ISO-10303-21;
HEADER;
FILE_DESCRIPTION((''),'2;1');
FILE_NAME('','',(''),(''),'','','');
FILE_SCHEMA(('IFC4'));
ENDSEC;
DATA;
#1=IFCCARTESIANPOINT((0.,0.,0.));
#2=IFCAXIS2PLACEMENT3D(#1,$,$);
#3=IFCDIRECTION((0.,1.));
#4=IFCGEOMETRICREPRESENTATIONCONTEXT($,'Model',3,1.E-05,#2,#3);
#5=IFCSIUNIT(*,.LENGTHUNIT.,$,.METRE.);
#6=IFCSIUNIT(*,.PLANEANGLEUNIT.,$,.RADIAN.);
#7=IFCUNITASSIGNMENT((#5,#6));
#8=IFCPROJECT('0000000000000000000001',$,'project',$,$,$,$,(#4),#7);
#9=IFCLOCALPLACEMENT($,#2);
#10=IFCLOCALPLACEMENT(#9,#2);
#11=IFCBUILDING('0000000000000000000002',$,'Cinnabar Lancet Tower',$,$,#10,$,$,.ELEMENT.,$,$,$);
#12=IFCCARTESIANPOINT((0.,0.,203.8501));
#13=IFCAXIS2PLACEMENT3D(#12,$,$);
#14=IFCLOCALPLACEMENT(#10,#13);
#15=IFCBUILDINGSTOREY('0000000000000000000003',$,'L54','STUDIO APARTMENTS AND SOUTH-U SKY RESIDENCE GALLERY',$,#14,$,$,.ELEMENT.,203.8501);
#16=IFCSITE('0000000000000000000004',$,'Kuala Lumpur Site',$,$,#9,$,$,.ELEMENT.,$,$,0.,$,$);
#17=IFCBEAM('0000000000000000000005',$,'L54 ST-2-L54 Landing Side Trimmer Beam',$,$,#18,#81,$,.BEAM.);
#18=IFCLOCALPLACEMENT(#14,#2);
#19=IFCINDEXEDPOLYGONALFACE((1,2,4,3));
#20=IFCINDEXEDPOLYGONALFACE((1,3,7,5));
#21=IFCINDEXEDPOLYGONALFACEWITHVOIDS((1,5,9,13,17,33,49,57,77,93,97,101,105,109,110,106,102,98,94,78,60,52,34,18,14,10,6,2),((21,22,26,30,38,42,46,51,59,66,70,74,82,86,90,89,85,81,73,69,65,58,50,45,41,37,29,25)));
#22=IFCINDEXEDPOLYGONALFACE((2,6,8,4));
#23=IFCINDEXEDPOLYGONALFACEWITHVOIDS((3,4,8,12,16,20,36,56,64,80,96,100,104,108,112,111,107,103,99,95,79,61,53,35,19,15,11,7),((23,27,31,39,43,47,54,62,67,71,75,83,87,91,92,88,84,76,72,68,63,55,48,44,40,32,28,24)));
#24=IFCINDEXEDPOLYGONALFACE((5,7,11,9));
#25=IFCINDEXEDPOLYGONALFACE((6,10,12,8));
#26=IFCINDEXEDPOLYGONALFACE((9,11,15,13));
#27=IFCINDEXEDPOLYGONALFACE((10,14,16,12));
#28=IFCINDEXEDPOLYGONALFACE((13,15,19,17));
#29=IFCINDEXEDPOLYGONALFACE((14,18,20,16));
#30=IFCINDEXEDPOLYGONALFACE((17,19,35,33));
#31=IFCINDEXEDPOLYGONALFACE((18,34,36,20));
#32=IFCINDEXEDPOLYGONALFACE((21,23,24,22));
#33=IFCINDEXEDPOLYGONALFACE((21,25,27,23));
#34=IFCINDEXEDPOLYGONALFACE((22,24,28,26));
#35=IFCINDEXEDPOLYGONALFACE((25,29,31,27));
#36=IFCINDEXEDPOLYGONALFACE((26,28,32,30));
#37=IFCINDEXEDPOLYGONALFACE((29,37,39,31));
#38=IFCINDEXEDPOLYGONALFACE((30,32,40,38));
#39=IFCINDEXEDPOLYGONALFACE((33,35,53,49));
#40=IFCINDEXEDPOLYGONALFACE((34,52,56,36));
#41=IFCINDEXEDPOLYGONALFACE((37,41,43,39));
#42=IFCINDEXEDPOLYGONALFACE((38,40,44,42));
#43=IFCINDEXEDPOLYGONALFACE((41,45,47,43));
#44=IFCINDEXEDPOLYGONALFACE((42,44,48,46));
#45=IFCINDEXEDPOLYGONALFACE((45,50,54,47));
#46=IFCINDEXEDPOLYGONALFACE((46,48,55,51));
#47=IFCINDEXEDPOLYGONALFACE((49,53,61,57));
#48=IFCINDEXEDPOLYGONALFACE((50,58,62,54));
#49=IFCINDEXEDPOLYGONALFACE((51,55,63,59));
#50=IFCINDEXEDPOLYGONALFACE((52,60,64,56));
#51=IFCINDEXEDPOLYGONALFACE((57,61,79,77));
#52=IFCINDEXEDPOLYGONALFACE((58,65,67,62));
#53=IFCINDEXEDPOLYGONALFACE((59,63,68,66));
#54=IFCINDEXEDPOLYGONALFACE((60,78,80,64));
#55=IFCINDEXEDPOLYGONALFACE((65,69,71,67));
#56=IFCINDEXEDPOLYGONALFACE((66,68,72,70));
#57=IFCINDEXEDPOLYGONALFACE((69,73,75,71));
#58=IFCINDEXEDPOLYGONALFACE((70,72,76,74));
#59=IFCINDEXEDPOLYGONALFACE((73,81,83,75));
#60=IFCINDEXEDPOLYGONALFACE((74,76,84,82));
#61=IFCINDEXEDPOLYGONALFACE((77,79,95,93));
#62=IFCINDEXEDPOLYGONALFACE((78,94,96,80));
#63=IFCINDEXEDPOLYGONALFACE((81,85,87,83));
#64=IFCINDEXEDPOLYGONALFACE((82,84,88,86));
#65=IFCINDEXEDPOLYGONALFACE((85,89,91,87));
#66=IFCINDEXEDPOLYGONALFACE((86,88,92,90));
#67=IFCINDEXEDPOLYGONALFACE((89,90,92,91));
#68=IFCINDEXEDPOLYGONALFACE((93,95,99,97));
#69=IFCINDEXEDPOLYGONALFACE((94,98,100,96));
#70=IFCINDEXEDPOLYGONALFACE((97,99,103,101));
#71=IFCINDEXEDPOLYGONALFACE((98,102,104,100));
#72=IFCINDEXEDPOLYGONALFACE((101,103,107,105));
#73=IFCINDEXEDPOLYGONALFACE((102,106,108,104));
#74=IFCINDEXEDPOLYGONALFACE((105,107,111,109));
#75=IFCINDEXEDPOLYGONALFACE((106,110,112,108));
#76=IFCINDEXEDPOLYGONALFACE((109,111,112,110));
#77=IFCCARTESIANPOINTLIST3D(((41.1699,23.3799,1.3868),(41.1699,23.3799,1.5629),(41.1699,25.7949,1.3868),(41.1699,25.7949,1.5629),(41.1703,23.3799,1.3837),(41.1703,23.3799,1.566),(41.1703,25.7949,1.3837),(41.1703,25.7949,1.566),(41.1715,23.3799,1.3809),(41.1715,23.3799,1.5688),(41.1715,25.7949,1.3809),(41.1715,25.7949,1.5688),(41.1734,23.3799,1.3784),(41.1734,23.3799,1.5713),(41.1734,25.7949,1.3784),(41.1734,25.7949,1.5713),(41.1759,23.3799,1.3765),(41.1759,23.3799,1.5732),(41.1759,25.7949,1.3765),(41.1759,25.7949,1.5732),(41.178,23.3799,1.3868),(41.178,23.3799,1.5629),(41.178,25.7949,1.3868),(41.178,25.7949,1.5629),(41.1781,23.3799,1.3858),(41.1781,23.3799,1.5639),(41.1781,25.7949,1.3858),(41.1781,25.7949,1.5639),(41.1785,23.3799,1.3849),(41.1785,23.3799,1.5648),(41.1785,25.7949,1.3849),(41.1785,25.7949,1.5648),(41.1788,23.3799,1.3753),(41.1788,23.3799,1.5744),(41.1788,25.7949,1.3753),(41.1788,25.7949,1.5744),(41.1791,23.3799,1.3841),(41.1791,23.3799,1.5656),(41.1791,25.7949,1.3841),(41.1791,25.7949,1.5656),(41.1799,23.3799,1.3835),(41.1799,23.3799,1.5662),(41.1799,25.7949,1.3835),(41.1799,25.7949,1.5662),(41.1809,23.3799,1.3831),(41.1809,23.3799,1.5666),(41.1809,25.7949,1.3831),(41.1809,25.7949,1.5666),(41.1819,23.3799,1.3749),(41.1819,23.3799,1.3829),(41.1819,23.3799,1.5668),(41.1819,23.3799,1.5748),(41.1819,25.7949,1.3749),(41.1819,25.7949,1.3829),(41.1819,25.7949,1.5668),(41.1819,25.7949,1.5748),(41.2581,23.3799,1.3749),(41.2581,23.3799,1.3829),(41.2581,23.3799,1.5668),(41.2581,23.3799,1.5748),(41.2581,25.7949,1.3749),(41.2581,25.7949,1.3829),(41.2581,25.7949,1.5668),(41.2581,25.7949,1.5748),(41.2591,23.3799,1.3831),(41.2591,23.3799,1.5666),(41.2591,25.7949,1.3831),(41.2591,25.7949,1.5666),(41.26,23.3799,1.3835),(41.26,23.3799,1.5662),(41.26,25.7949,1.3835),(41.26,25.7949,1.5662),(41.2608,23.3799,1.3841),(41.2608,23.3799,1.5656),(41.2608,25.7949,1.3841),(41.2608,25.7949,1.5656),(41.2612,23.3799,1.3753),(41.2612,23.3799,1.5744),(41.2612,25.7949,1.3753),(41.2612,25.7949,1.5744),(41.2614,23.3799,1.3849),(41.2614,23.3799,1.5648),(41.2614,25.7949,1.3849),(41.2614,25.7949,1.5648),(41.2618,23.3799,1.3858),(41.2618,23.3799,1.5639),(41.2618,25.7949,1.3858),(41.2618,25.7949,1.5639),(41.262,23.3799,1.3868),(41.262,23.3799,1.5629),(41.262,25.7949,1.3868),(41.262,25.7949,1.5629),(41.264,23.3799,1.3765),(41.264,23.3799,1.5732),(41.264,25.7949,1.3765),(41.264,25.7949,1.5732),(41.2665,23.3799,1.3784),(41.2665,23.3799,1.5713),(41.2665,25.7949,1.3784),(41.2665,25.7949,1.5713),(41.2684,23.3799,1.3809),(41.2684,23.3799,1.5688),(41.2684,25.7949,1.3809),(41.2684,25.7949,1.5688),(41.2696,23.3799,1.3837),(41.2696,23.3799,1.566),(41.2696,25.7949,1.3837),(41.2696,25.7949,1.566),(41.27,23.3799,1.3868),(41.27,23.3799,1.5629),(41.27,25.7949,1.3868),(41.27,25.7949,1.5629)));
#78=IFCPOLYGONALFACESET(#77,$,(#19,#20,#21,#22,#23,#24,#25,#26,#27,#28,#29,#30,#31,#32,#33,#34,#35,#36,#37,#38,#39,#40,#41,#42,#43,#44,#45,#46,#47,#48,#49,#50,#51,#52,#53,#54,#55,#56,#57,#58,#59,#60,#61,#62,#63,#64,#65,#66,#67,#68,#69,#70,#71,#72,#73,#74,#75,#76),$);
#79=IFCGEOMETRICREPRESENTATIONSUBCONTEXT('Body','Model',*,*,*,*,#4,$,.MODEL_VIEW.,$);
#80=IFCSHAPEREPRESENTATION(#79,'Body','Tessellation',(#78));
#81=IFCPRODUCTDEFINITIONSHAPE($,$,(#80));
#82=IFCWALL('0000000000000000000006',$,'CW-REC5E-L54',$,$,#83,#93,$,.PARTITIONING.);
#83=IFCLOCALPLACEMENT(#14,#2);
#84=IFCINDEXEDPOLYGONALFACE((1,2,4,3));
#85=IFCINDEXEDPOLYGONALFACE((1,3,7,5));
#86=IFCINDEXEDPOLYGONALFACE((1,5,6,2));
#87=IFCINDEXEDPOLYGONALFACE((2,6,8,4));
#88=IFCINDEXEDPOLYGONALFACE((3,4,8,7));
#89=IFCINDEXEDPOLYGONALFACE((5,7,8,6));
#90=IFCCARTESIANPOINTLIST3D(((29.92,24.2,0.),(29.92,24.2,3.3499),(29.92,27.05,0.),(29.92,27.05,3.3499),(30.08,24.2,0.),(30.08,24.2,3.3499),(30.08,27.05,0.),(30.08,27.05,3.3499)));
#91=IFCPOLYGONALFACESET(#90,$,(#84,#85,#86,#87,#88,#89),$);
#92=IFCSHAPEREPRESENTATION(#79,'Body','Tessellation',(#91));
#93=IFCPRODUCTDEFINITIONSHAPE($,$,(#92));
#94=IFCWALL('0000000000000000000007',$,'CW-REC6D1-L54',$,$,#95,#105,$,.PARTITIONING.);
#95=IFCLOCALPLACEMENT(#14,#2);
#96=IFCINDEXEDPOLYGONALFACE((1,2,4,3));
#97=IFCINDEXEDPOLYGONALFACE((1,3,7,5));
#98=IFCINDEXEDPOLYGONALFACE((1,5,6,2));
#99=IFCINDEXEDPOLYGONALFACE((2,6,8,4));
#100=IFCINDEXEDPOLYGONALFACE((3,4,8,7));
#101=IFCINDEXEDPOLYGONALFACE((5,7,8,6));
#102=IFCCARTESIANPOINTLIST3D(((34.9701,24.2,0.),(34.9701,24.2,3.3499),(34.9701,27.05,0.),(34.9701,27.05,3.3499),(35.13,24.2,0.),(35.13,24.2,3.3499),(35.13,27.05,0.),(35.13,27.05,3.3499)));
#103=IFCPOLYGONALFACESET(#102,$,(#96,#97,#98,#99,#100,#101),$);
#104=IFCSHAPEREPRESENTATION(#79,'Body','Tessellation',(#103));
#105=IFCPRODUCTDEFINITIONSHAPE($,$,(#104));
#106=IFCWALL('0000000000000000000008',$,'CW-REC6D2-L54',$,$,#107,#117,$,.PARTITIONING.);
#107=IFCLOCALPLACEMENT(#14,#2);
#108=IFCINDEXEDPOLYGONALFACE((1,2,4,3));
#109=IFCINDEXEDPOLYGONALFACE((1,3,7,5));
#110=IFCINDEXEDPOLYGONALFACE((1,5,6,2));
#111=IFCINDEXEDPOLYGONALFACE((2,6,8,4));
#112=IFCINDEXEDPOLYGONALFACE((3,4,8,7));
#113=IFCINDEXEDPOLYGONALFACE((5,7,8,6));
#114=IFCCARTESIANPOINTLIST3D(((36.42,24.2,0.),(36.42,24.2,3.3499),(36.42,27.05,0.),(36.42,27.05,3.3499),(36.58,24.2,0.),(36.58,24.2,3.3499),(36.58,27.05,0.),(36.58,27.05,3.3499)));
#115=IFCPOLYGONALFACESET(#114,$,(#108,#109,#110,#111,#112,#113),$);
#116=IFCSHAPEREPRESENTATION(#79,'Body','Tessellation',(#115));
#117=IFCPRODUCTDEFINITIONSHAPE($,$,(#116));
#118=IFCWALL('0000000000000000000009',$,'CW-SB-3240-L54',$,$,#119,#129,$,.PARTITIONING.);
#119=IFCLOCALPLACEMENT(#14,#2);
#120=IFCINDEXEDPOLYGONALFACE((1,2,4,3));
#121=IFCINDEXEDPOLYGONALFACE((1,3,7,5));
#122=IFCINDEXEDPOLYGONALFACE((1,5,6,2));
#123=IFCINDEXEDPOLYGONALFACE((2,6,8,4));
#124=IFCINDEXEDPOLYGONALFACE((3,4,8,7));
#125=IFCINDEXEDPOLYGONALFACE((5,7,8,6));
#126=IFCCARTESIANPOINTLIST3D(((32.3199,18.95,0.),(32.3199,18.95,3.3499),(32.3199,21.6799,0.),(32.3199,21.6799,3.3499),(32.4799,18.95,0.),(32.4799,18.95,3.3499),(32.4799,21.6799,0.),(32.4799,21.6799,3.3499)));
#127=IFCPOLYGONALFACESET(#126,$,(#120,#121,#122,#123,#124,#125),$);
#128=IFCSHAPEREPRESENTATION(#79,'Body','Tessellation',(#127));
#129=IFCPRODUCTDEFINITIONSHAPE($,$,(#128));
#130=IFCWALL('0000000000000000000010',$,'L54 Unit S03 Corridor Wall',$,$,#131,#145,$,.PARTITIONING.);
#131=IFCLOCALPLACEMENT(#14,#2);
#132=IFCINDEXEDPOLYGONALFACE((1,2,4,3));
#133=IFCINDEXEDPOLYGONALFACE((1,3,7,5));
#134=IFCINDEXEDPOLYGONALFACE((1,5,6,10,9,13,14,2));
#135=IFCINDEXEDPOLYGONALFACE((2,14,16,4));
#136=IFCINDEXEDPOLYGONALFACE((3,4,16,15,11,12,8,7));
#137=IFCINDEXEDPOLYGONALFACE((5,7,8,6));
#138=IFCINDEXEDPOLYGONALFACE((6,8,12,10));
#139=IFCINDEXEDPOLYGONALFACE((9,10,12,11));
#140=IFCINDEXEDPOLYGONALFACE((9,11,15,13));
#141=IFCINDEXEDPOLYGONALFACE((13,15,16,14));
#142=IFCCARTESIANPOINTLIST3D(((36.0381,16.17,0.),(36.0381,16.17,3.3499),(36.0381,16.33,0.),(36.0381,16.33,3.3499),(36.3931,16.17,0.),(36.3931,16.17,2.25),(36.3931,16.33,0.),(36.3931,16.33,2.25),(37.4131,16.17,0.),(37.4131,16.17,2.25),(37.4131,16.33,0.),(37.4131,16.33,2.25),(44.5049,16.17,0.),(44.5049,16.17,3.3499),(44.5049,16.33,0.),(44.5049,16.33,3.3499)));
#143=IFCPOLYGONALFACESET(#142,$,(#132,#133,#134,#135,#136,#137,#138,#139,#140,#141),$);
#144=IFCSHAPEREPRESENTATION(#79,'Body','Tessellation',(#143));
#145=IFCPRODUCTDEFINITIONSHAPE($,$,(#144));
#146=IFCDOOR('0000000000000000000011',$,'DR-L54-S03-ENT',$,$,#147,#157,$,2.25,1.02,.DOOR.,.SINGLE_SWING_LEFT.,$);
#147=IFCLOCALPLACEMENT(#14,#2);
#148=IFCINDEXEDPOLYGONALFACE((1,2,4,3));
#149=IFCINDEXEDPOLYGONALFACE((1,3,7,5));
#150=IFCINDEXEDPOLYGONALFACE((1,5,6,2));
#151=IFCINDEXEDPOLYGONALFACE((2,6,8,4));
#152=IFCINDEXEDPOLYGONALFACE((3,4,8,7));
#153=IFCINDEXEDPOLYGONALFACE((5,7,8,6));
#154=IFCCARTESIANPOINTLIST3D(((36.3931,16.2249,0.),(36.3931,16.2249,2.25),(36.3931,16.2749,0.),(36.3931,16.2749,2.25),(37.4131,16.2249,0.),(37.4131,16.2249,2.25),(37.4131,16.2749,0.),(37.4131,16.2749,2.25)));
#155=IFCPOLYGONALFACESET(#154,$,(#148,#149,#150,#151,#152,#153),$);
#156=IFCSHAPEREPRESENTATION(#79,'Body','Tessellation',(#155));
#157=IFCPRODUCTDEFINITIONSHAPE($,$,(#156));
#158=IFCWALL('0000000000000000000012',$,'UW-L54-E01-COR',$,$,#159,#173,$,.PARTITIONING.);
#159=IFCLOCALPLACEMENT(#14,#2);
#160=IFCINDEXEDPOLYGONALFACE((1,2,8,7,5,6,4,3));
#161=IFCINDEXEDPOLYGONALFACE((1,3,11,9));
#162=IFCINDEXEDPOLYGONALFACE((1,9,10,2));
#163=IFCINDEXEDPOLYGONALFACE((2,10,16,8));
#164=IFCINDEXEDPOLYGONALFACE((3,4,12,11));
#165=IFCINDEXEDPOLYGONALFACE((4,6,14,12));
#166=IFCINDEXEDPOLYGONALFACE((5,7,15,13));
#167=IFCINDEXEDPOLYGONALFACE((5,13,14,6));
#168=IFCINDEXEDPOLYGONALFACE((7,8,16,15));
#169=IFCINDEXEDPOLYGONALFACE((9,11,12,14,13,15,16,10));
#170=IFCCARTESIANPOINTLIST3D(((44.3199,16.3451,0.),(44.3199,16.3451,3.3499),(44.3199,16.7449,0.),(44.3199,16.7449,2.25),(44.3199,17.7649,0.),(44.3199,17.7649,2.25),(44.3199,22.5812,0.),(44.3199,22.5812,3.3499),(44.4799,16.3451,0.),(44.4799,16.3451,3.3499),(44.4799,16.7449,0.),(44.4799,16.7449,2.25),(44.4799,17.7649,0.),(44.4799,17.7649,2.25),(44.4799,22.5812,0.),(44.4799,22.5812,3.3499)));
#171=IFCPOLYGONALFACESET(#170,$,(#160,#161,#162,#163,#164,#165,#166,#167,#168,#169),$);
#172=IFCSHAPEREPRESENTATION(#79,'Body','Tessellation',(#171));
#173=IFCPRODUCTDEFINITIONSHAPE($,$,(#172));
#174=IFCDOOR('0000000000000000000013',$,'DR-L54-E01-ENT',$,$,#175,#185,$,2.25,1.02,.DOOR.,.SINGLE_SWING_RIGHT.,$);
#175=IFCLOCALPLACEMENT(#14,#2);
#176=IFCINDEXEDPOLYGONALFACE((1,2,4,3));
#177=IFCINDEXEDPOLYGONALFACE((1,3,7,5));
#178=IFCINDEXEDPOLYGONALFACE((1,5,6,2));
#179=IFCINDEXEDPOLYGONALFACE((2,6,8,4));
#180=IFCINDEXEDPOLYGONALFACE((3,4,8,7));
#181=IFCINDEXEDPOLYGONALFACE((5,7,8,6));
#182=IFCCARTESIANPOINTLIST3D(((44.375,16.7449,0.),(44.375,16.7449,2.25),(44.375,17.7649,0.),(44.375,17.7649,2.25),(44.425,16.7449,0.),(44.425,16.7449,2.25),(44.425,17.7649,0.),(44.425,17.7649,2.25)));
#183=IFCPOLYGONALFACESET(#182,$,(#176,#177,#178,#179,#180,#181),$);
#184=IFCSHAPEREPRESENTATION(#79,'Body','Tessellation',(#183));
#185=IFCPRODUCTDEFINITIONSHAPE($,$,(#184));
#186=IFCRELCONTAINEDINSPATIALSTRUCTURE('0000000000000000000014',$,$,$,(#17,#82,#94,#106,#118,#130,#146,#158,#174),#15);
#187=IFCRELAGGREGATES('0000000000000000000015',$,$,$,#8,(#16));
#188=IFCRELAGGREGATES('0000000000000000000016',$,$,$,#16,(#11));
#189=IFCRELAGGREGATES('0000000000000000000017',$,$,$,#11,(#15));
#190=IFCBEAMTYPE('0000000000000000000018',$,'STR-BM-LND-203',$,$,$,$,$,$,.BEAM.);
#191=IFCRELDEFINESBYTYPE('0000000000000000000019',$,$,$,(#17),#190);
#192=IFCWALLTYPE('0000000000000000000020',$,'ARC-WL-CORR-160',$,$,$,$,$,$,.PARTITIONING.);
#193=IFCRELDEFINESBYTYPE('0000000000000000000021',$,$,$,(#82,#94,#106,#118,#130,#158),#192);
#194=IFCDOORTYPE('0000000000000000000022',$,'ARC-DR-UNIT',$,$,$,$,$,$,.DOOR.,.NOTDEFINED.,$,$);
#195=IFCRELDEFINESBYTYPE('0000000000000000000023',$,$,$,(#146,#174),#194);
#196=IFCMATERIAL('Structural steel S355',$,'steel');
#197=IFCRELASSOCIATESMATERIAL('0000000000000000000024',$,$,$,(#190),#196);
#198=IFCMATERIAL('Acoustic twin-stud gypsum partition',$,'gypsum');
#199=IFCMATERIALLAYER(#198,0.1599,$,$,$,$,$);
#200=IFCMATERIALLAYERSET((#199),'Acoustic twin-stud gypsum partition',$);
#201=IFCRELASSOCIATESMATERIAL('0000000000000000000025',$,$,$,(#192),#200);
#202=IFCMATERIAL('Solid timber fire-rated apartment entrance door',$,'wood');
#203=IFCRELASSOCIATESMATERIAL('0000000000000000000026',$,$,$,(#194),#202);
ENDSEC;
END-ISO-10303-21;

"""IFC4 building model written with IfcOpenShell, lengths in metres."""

from ifc_helpers import new_model, si_unit, direction, frame, frame_2d, origin, origin_2d, place, context, subcontext, project, spatial, rectangle, hollow_rectangle, extrude, material, layer, layer_set, material_profile, profile_set, type_object, element, fill, save


model = new_model("IFC4")

# Units and contexts
model_context = context("Model", 3, precision=1e-05, world=origin(), true_north=direction((0.0, 1.0)))
body_context = subcontext(model_context, "Body", "Model", "MODEL_VIEW")
ifc_project = project(units=[si_unit("LENGTHUNIT", "METRE"), si_unit("PLANEANGLEUNIT", "RADIAN")], contexts=[model_context])

# Site, building, storey
site_placement = place(None, origin())
site = spatial("IfcSite", under=ifc_project, at=site_placement, Name="Kuala Lumpur Site", CompositionType="ELEMENT", RefElevation=0.0)
building_placement = place(site_placement, origin())
building = spatial("IfcBuilding", under=site, at=building_placement, Name="Cinnabar Lancet Tower", CompositionType="ELEMENT")
storey_placement = place(building_placement, frame((0.0, 0.0, 203.8501)))
storey = spatial("IfcBuildingStorey", under=building, at=storey_placement, Name="L54", Description="STUDIO APARTMENTS AND SOUTH-U SKY RESIDENCE GALLERY", CompositionType="ELEMENT", Elevation=203.8501)

# Beam
ifc_material_1 = material(Name="Structural steel S355", Category="steel")
ifc_material_profile_1 = material_profile(ifc_material_1, hollow_rectangle(XDim=0.1001, YDim=0.2, WallThickness=0.0081, InnerFilletRadius=0.0039, OuterFilletRadius=0.012, at=origin_2d()), Name="RHS 200x100x8")
ifc_profile_set_1 = profile_set([ifc_material_profile_1], Name="Structural steel S355")
beam_type_1 = type_object("IfcBeamType", Name="STR-BM-LND-203", PredefinedType="BEAM", material=ifc_profile_set_1)
beam_1_placement = place(storey_placement, frame((41.22, 23.3799, 1.4749), z_axis=(0.0, 1.0, 0.0), x_axis=(-1.0, 0.0, 0.0)))
element("IfcBeam", 1, at=beam_1_placement, inside=storey, type_object=beam_type_1, Name="L54 ST-2-L54 Landing Side Trimmer Beam", PredefinedType="BEAM", context=body_context, shape_type="SweptSolid", body=[
    extrude(hollow_rectangle(XDim=0.1001, YDim=0.2, WallThickness=0.0081, InnerFilletRadius=0.0039, OuterFilletRadius=0.012, at=origin_2d()), origin(), (0.0, 0.0, 1.0), 2.415),
])

# Walls
ifc_material_2 = material(Name="Acoustic twin-stud gypsum partition", Category="gypsum")
ifc_layer_1 = layer(ifc_material_2, 0.1599)
ifc_layer_set_1 = layer_set([ifc_layer_1], Name="Acoustic twin-stud gypsum partition")
wall_type_1 = type_object("IfcWallType", Name="ARC-WL-CORR-160", PredefinedType="PARTITIONING", material=ifc_layer_set_1)
for number, where, z_axis, x_axis, name in (
    (2, (30.0, 24.2, 0.0), (0.0, 0.0, 1.0), (0.0, 1.0, 0.0), "CW-REC5E-L54"),
    (3, (35.05, 24.2, 0.0), (0.0, 0.0, 1.0), (0.0, 1.0, 0.0), "CW-REC6D1-L54"),
    (4, (36.5, 24.2, 0.0), (0.0, 0.0, 1.0), (0.0, 1.0, 0.0), "CW-REC6D2-L54"),
):
    element("IfcWall", number, at=place(storey_placement, frame(where, z_axis=z_axis, x_axis=x_axis)), inside=storey, type_object=wall_type_1, Name=name, PredefinedType="PARTITIONING", context=body_context, shape_type="SweptSolid", body=[
        extrude(rectangle(XDim=2.8501, YDim=0.1599, at=frame_2d((1.425, 0.0))), origin(), (0.0, 0.0, 1.0), 3.3499),
    ])
wall_1_placement = place(storey_placement, frame((32.3999, 18.95, 0.0), z_axis=(0.0, 0.0, 1.0), x_axis=(0.0, 1.0, 0.0)))
element("IfcWall", 5, at=wall_1_placement, inside=storey, type_object=wall_type_1, Name="CW-SB-3240-L54", PredefinedType="PARTITIONING", context=body_context, shape_type="SweptSolid", body=[
    extrude(rectangle(XDim=2.73, YDim=0.1599, at=frame_2d((1.365, 0.0))), origin(), (0.0, 0.0, 1.0), 3.3499),
])

# Walls, openings, doors
wall_2_placement = place(storey_placement, frame((36.0381, 16.25, 0.0), z_axis=(0.0, 0.0, 1.0), x_axis=(1.0, 0.0, 0.0)))
wall_2 = element("IfcWall", 6, at=wall_2_placement, inside=storey, type_object=wall_type_1, Name="L54 Unit S03 Corridor Wall", PredefinedType="PARTITIONING", context=body_context, shape_type="SweptSolid", body=[
    extrude(rectangle(XDim=8.4668, YDim=0.1599, at=frame_2d((4.2334, 0.0))), origin(), (0.0, 0.0, 1.0), 3.3499),
])
opening_1_placement = place(wall_2_placement, frame((0.355, 0.0, 0.0)))
opening_1 = element("IfcOpeningElement", 7, at=opening_1_placement, cuts=wall_2, PredefinedType="OPENING", context=body_context, shape_type="SweptSolid", body=[
    extrude(rectangle(XDim=1.02, YDim=2.25, at=frame_2d((0.51, 1.125))), frame((0.0, 0.0898, 0.0), z_axis=(0.0, -1.0, 0.0), x_axis=(1.0, 0.0, 0.0)), (0.0, 0.0, 1.0), 0.1799),
])
ifc_material_3 = material(Name="Solid timber fire-rated apartment entrance door", Category="wood")
door_type_1 = type_object("IfcDoorType", Name="ARC-DR-UNIT", OperationType="NOTDEFINED", PredefinedType="DOOR", material=ifc_material_3)
door_1_placement = place(opening_1_placement, origin())
door_1 = element("IfcDoor", 8, at=door_1_placement, inside=storey, type_object=door_type_1, Name="DR-L54-S03-ENT", OperationType="SINGLE_SWING_LEFT", OverallHeight=2.25, OverallWidth=1.02, PredefinedType="DOOR", context=body_context, shape_type="SweptSolid", body=[
    extrude(rectangle(XDim=1.02, YDim=2.25, at=frame_2d((0.51, 1.125))), frame((0.0, 0.0249, 0.0), z_axis=(0.0, -1.0, 0.0), x_axis=(1.0, 0.0, 0.0)), (0.0, 0.0, 1.0), 0.05),
])
fill(opening_1, door_1)
wall_3_placement = place(storey_placement, frame((44.3999, 16.345, 0.0), z_axis=(0.0, 0.0, 1.0), x_axis=(0.0, 1.0, 0.0)))
wall_3 = element("IfcWall", 9, at=wall_3_placement, inside=storey, type_object=wall_type_1, Name="UW-L54-E01-COR", PredefinedType="PARTITIONING", context=body_context, shape_type="SweptSolid", body=[
    extrude(rectangle(XDim=6.2361, YDim=0.1599, at=frame_2d((3.1182, 0.0))), origin(), (0.0, 0.0, 1.0), 3.3499),
])
opening_2_placement = place(wall_3_placement, frame((0.3999, 0.0, 0.0)))
opening_2 = element("IfcOpeningElement", 10, at=opening_2_placement, cuts=wall_3, PredefinedType="OPENING", context=body_context, shape_type="SweptSolid", body=[
    extrude(rectangle(XDim=1.02, YDim=2.25, at=frame_2d((0.51, 1.125))), frame((0.0, 0.0898, 0.0), z_axis=(0.0, -1.0, 0.0), x_axis=(1.0, 0.0, 0.0)), (0.0, 0.0, 1.0), 0.1799),
])
door_2_placement = place(opening_2_placement, origin())
door_2 = element("IfcDoor", 11, at=door_2_placement, inside=storey, type_object=door_type_1, Name="DR-L54-E01-ENT", OperationType="SINGLE_SWING_RIGHT", OverallHeight=2.25, OverallWidth=1.02, PredefinedType="DOOR", context=body_context, shape_type="SweptSolid", body=[
    extrude(rectangle(XDim=1.02, YDim=2.25, at=frame_2d((0.51, 1.125))), frame((0.0, 0.0249, 0.0), z_axis=(0.0, -1.0, 0.0), x_axis=(1.0, 0.0, 0.0)), (0.0, 0.0, 1.0), 0.05),
])
fill(opening_2, door_2)

save(model, "model.ifc")
